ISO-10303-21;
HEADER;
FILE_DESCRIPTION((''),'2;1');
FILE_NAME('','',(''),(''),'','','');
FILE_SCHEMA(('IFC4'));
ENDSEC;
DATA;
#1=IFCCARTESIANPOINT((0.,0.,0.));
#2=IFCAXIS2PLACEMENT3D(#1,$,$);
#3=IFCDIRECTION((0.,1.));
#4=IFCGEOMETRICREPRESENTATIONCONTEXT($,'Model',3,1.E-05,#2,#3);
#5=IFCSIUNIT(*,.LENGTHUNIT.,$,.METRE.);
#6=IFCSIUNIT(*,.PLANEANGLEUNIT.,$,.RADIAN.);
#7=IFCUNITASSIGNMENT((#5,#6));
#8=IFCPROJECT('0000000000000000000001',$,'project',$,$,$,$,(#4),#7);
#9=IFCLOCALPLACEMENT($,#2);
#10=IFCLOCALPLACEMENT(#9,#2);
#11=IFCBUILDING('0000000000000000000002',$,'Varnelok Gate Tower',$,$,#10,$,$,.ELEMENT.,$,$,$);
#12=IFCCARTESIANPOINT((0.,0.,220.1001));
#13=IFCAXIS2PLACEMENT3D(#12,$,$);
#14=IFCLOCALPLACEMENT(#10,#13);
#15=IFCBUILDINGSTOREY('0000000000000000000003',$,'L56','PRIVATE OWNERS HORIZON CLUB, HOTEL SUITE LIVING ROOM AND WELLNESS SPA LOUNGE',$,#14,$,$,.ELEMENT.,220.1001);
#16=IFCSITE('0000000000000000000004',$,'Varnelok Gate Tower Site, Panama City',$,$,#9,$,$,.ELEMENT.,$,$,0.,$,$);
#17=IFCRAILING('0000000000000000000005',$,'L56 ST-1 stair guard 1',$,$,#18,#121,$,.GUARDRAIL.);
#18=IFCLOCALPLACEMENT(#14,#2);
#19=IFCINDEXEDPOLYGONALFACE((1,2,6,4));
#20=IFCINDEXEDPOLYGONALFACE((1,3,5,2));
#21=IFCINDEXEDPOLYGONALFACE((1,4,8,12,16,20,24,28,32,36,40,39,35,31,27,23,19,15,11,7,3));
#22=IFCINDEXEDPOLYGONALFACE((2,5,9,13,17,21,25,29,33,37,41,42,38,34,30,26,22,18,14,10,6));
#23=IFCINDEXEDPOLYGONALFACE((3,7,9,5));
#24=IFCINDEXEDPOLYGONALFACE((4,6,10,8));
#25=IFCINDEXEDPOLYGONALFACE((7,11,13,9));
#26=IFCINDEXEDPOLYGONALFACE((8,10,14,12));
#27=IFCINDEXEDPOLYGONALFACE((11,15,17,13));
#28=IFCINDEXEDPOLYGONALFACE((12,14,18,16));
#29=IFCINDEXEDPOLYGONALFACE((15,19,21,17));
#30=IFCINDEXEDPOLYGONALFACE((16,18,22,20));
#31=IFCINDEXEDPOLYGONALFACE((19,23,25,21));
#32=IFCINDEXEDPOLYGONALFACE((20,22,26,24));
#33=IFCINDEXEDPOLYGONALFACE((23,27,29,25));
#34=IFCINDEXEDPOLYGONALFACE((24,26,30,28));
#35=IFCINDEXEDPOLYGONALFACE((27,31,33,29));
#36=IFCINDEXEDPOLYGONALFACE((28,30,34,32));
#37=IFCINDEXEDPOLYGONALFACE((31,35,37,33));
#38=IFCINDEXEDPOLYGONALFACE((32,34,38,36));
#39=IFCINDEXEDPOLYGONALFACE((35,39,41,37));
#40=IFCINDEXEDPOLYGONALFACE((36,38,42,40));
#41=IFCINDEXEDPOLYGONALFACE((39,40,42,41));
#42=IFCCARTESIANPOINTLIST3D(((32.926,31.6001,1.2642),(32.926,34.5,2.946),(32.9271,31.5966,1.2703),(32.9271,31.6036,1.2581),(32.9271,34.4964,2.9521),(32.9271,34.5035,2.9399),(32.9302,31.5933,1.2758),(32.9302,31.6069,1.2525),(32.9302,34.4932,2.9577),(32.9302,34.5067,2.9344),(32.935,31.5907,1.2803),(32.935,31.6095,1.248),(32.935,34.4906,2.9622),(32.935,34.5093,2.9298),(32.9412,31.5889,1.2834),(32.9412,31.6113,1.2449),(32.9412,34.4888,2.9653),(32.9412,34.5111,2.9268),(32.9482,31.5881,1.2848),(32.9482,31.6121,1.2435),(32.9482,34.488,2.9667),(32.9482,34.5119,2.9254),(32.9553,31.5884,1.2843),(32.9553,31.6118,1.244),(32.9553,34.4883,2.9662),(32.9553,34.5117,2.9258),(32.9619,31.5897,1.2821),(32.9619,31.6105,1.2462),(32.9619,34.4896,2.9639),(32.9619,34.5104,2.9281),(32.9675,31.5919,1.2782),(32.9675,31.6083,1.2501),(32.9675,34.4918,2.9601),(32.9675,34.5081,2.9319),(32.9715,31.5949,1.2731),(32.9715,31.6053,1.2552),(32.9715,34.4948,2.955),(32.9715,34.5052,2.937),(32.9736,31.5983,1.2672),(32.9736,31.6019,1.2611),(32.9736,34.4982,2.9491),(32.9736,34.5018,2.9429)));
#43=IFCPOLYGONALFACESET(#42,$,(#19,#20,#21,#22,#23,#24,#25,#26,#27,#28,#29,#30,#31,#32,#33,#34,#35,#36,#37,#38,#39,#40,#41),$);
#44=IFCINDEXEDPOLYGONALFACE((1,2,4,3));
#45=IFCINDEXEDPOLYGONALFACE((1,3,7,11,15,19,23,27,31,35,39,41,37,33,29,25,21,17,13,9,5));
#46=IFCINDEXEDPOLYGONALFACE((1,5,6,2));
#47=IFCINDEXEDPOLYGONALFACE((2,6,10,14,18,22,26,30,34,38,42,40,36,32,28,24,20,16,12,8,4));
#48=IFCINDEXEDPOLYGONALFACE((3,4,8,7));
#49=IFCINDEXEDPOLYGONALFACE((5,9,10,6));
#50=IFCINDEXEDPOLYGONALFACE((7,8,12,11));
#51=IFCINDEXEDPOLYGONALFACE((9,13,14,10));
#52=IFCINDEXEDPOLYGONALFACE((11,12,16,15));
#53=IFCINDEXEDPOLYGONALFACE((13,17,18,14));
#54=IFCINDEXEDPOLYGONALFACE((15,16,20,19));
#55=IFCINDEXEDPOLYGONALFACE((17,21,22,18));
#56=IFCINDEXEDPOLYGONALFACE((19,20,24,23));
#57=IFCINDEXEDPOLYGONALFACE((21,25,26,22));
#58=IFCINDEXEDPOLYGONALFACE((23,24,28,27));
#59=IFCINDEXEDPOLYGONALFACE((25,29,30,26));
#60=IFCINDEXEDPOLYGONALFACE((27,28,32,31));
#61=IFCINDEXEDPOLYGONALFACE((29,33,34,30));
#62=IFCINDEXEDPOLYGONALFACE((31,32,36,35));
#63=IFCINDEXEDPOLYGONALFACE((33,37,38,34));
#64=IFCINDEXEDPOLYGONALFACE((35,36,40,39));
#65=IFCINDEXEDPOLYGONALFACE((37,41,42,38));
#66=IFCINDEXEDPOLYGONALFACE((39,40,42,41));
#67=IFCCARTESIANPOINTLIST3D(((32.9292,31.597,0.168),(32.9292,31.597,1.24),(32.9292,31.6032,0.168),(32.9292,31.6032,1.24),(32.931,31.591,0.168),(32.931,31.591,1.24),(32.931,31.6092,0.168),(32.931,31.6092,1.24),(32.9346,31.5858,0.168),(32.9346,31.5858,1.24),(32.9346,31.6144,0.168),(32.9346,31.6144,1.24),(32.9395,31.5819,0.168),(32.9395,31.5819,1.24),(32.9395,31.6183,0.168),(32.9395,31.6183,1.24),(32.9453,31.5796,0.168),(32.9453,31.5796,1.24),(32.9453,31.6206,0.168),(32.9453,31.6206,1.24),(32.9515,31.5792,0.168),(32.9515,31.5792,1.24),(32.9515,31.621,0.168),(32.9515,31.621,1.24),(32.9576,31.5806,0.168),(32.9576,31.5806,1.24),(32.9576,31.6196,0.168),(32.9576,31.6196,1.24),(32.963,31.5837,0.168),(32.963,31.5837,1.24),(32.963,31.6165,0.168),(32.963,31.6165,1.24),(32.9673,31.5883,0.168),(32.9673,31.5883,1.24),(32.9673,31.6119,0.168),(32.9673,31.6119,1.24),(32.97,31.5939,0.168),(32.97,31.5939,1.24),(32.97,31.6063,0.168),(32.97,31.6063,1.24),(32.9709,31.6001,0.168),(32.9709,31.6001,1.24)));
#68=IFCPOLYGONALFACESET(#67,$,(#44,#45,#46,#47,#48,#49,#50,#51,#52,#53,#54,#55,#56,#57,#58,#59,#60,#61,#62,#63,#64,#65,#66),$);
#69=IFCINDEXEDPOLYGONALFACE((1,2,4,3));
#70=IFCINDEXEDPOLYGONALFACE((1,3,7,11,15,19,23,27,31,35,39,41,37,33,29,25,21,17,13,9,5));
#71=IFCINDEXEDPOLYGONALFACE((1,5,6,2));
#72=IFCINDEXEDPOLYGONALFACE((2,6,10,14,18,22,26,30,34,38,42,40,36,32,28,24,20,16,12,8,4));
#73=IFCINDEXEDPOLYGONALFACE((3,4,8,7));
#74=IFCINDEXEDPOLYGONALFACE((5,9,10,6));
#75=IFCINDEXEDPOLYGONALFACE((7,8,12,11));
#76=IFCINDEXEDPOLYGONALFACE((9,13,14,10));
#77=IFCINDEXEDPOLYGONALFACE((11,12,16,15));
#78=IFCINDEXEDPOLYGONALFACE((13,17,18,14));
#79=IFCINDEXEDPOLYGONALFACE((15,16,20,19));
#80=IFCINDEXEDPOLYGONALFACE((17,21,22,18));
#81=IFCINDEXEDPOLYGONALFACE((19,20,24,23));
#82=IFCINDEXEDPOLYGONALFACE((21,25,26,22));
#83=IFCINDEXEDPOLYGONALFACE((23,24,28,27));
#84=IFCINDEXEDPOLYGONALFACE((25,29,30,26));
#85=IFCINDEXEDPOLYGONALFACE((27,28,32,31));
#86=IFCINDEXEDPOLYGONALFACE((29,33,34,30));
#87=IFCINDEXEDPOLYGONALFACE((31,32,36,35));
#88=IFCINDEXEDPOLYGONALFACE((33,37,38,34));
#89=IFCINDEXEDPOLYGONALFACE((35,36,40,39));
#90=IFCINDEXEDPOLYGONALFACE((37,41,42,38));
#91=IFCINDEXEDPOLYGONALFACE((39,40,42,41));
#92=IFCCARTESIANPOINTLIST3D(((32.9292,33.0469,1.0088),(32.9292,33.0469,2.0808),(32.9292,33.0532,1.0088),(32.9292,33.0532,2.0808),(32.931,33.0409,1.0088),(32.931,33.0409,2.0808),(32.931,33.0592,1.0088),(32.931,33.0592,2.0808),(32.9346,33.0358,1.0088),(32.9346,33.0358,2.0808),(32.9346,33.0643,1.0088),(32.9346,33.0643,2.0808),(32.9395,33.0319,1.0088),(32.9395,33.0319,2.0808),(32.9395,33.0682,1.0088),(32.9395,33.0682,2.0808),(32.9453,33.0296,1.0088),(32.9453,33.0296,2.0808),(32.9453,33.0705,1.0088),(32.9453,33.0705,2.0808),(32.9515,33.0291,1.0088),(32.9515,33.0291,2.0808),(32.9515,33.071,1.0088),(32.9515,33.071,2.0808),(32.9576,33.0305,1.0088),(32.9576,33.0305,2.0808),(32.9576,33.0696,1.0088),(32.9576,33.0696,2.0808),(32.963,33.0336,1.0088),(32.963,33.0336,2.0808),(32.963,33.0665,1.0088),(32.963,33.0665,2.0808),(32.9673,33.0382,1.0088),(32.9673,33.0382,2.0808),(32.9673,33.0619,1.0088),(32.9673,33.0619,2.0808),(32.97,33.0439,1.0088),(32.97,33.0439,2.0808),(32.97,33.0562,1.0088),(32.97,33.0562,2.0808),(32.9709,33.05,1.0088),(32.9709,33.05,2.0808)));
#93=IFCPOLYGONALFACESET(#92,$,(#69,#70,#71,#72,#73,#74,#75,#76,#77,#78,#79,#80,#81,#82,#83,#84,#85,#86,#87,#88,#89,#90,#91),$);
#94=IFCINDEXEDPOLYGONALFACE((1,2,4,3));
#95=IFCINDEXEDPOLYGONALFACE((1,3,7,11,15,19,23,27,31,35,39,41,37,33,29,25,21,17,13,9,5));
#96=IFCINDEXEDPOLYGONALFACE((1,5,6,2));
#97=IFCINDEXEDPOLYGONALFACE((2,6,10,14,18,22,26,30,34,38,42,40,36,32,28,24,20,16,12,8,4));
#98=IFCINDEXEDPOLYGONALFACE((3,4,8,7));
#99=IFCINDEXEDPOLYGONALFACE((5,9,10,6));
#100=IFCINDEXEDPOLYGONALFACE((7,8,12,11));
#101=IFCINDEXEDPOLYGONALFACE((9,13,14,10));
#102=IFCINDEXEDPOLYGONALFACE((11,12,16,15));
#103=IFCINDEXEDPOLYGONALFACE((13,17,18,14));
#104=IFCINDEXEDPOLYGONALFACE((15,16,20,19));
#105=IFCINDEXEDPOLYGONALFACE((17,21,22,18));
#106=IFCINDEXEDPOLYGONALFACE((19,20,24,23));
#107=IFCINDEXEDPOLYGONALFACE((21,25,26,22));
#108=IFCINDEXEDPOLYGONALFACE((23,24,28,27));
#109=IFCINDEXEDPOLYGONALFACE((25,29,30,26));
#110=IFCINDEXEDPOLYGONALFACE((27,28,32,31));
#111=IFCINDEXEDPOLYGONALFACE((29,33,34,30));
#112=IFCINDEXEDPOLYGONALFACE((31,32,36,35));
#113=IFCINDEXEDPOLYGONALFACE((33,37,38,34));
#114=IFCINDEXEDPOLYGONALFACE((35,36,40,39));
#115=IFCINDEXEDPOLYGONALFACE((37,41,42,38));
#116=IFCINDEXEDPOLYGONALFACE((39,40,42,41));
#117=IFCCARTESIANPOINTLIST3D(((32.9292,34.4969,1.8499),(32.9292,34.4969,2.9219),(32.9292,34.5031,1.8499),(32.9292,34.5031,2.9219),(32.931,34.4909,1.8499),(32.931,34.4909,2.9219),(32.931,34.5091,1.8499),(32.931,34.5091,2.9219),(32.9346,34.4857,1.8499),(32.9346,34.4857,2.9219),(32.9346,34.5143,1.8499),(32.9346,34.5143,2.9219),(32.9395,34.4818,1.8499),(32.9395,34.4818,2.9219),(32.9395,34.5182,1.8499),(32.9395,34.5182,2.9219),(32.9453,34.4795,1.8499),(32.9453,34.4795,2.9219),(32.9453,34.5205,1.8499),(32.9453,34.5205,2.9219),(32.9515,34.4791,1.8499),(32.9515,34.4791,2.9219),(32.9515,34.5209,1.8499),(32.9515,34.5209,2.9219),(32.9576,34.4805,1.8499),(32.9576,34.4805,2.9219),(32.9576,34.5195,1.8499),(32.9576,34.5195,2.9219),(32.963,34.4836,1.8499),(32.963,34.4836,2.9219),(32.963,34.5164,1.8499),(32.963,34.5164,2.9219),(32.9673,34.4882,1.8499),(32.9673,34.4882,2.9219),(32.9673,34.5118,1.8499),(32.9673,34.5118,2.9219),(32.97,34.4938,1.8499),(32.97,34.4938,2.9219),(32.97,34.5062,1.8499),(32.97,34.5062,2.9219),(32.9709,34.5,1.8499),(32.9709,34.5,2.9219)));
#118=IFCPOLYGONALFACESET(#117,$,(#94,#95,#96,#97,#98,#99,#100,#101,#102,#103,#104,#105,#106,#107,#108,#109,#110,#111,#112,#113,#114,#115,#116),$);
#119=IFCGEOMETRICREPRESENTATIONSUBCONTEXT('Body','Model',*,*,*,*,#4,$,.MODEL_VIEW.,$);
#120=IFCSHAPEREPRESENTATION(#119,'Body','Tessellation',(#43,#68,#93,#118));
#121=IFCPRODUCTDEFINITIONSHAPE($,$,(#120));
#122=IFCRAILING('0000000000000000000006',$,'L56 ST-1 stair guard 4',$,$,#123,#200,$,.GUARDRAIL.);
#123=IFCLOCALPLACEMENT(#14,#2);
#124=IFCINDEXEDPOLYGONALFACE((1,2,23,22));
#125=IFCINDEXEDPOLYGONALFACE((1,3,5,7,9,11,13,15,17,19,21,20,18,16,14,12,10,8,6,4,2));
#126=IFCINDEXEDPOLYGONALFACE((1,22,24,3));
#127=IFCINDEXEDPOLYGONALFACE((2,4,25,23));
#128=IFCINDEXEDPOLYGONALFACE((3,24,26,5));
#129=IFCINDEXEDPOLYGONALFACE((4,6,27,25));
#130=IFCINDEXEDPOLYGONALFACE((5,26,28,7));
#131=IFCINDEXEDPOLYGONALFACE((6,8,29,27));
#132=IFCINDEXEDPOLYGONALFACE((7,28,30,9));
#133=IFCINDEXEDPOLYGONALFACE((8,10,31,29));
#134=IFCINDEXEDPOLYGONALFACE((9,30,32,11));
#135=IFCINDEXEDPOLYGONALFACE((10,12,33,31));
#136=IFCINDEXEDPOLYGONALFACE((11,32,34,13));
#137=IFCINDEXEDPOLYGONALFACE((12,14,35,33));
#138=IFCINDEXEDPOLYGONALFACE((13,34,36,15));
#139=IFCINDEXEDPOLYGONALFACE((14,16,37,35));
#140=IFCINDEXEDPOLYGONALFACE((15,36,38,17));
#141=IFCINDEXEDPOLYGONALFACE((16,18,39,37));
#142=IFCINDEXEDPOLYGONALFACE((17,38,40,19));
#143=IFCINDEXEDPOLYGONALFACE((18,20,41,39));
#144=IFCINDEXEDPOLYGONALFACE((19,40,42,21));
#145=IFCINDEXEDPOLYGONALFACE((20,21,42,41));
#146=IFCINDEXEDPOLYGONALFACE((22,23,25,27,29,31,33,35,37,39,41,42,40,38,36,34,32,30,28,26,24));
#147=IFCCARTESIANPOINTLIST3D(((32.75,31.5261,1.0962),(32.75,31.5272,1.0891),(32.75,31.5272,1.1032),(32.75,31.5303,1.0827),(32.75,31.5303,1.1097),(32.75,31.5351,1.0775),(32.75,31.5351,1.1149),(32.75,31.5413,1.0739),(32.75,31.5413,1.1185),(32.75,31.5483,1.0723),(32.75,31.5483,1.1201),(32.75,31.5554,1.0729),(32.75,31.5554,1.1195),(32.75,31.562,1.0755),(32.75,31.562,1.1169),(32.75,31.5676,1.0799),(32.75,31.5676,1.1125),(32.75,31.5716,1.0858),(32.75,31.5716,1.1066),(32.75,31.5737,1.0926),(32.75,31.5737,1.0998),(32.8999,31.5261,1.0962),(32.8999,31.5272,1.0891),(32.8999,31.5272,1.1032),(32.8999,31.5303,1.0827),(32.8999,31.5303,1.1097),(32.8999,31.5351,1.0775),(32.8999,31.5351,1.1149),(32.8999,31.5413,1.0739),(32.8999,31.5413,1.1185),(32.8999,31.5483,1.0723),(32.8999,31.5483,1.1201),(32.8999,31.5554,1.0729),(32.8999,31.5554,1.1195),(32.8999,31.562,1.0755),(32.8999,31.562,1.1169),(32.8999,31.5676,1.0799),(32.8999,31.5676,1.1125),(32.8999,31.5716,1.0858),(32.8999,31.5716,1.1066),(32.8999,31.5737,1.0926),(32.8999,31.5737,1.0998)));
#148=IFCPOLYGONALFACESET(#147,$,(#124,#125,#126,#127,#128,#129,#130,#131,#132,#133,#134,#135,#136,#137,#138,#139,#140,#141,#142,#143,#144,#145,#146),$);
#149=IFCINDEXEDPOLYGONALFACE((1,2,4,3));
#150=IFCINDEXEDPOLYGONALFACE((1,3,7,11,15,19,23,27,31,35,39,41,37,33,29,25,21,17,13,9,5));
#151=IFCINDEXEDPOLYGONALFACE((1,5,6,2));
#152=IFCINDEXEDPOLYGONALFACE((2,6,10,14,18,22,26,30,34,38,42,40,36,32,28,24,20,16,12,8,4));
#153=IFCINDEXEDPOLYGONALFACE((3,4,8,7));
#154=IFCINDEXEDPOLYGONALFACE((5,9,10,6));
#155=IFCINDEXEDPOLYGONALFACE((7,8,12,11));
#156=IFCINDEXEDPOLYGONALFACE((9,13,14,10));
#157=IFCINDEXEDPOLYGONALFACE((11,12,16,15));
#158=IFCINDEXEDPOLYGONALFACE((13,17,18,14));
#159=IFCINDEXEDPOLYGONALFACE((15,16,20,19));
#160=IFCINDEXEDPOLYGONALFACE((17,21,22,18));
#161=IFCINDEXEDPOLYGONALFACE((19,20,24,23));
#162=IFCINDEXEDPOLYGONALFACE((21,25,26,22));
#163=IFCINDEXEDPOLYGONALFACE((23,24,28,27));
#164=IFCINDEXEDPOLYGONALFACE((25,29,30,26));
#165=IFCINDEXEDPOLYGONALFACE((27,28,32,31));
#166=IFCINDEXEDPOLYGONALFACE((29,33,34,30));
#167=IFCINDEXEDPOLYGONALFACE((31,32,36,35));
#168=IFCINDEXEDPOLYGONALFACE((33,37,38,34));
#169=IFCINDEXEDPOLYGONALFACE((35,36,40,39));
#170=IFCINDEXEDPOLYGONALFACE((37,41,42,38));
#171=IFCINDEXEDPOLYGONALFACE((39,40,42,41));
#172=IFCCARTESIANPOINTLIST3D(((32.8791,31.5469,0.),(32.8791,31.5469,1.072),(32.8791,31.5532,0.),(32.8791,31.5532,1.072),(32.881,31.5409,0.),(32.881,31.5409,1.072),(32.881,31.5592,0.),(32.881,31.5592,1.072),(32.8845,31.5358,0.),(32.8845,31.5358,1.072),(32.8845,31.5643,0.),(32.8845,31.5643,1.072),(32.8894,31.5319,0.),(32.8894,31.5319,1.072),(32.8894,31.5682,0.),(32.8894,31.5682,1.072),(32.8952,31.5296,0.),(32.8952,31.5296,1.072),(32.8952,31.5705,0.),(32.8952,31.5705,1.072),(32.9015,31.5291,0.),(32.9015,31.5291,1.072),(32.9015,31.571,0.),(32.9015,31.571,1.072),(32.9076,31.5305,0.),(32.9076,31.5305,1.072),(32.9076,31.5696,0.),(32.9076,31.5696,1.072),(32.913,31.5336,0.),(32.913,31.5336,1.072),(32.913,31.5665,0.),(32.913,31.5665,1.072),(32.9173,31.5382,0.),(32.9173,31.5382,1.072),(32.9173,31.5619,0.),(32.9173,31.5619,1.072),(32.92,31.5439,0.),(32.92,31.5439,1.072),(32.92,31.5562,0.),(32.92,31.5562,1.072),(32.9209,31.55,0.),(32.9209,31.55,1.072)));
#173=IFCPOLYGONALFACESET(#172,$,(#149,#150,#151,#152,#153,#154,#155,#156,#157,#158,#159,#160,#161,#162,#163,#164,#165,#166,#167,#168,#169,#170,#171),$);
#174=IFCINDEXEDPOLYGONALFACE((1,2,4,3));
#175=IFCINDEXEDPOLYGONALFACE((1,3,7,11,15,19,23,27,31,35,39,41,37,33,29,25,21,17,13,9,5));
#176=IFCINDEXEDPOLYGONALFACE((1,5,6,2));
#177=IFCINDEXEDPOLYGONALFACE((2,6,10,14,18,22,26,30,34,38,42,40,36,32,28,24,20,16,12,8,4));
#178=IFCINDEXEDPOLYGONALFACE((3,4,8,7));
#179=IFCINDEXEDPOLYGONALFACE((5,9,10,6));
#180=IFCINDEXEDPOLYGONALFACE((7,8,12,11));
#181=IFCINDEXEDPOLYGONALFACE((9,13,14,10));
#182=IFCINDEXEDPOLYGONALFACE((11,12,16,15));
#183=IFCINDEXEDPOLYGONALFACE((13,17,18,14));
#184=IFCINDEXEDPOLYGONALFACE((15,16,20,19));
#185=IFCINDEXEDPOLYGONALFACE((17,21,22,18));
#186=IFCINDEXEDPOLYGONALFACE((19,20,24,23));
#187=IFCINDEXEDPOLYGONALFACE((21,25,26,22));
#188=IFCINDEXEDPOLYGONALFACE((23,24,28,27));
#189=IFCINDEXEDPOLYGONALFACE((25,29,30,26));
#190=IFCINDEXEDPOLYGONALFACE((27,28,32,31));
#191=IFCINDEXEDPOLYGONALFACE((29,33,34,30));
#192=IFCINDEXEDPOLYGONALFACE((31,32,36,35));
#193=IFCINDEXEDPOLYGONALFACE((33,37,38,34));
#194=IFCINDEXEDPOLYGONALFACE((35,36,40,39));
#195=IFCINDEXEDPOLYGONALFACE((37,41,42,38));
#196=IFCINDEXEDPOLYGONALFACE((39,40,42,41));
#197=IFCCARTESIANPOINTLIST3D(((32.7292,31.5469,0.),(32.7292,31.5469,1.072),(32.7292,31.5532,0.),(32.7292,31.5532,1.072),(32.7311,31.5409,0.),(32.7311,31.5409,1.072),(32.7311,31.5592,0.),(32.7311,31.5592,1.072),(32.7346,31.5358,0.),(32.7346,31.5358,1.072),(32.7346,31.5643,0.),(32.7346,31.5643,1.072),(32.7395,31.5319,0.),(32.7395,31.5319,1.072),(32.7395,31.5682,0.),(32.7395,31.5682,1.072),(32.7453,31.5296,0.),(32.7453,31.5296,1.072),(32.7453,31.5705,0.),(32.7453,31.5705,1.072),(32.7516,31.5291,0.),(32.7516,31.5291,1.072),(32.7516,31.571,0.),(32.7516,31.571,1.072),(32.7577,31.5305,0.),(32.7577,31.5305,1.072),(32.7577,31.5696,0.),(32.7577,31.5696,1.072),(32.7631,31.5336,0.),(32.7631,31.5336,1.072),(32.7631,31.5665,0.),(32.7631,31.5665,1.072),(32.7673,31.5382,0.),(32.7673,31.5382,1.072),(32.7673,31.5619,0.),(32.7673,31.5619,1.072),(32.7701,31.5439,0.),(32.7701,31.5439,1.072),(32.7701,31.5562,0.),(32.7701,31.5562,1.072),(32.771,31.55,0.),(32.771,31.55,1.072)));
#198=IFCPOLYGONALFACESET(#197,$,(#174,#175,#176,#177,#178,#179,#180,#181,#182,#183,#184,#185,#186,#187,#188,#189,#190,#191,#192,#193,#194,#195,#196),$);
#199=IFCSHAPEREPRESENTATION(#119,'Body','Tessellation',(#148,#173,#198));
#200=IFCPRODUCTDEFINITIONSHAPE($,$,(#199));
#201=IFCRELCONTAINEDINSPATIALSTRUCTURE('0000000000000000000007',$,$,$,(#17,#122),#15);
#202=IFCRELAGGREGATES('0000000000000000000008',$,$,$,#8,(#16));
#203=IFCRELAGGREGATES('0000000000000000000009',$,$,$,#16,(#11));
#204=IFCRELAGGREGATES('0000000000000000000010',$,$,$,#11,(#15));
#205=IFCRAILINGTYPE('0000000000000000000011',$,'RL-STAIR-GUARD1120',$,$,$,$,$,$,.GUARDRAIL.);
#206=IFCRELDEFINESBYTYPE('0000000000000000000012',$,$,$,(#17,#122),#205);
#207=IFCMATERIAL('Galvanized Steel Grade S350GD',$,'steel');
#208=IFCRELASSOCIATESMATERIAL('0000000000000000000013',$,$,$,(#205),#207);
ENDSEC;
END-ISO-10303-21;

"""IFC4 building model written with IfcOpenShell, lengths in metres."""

from ifc_helpers import new_model, si_unit, direction, frame, origin, origin_2d, place, context, subcontext, project, spatial, circle, extrude, material, type_object, element, save


model = new_model("IFC4")

# Units and contexts
model_context = context("Model", 3, precision=1e-05, world=origin(), true_north=direction((0.0, 1.0)))
body_context = subcontext(model_context, "Body", "Model", "MODEL_VIEW")
ifc_project = project(units=[si_unit("LENGTHUNIT", "METRE"), si_unit("PLANEANGLEUNIT", "RADIAN")], contexts=[model_context])

# Site, building, storey
site_placement = place(None, origin())
site = spatial("IfcSite", under=ifc_project, at=site_placement, Name="Varnelok Gate Tower Site, Panama City", CompositionType="ELEMENT", RefElevation=0.0)
building_placement = place(site_placement, origin())
building = spatial("IfcBuilding", under=site, at=building_placement, Name="Varnelok Gate Tower", CompositionType="ELEMENT")
storey_placement = place(building_placement, frame((0.0, 0.0, 220.1001)))
storey = spatial("IfcBuildingStorey", under=building, at=storey_placement, Name="L56", Description="PRIVATE OWNERS HORIZON CLUB, HOTEL SUITE LIVING ROOM AND WELLNESS SPA LOUNGE", CompositionType="ELEMENT", Elevation=220.1001)

# Shared definitions
ifc_material_1 = material(Name="Galvanized Steel Grade S350GD", Category="steel")

# Railings
railing_type_1 = type_object("IfcRailingType", Name="RL-STAIR-GUARD1120", PredefinedType="GUARDRAIL", material=ifc_material_1)
railing_1_placement = place(storey_placement, frame((32.95, 31.6001, 0.168)))
element("IfcRailing", 1, at=railing_1_placement, inside=storey, type_object=railing_type_1, Name="L56 ST-1 stair guard 1", PredefinedType="GUARDRAIL", context=body_context, shape_type="SweptSolid", body=[
    extrude(circle(Radius=0.0239, at=origin_2d()), frame((0.0, 0.0, 1.0962), z_axis=(0.0, 0.865039, 0.501705), x_axis=(-1.0, 0.0, 0.0)), (0.0, 0.0, 1.0), 3.3523),
    extrude(circle(Radius=0.021, at=origin_2d()), origin(), (0.0, 0.0, 1.0), 1.072),
    extrude(circle(Radius=0.021, at=origin_2d()), frame((0.0, 1.45, 0.8408)), (0.0, 0.0, 1.0), 1.072),
    extrude(circle(Radius=0.021, at=origin_2d()), frame((0.0, 2.8999, 1.6819)), (0.0, 0.0, 1.0), 1.072),
])
railing_2_placement = place(storey_placement, frame((32.8999, 31.55, 0.0)))
element("IfcRailing", 2, at=railing_2_placement, inside=storey, type_object=railing_type_1, Name="L56 ST-1 stair guard 4", PredefinedType="GUARDRAIL", context=body_context, shape_type="SweptSolid", body=[
    extrude(circle(Radius=0.0239, at=origin_2d()), frame((0.0, 0.0, 1.0962), z_axis=(-1.0, 0.0, 0.0), x_axis=(0.0, -1.0, 0.0)), (0.0, 0.0, 1.0), 0.1499),
    extrude(circle(Radius=0.021, at=origin_2d()), origin(), (0.0, 0.0, 1.0), 1.072),
    extrude(circle(Radius=0.021, at=origin_2d()), frame((-0.1499, 0.0, 0.0)), (0.0, 0.0, 1.0), 1.072),
])

save(model, "model.ifc")
